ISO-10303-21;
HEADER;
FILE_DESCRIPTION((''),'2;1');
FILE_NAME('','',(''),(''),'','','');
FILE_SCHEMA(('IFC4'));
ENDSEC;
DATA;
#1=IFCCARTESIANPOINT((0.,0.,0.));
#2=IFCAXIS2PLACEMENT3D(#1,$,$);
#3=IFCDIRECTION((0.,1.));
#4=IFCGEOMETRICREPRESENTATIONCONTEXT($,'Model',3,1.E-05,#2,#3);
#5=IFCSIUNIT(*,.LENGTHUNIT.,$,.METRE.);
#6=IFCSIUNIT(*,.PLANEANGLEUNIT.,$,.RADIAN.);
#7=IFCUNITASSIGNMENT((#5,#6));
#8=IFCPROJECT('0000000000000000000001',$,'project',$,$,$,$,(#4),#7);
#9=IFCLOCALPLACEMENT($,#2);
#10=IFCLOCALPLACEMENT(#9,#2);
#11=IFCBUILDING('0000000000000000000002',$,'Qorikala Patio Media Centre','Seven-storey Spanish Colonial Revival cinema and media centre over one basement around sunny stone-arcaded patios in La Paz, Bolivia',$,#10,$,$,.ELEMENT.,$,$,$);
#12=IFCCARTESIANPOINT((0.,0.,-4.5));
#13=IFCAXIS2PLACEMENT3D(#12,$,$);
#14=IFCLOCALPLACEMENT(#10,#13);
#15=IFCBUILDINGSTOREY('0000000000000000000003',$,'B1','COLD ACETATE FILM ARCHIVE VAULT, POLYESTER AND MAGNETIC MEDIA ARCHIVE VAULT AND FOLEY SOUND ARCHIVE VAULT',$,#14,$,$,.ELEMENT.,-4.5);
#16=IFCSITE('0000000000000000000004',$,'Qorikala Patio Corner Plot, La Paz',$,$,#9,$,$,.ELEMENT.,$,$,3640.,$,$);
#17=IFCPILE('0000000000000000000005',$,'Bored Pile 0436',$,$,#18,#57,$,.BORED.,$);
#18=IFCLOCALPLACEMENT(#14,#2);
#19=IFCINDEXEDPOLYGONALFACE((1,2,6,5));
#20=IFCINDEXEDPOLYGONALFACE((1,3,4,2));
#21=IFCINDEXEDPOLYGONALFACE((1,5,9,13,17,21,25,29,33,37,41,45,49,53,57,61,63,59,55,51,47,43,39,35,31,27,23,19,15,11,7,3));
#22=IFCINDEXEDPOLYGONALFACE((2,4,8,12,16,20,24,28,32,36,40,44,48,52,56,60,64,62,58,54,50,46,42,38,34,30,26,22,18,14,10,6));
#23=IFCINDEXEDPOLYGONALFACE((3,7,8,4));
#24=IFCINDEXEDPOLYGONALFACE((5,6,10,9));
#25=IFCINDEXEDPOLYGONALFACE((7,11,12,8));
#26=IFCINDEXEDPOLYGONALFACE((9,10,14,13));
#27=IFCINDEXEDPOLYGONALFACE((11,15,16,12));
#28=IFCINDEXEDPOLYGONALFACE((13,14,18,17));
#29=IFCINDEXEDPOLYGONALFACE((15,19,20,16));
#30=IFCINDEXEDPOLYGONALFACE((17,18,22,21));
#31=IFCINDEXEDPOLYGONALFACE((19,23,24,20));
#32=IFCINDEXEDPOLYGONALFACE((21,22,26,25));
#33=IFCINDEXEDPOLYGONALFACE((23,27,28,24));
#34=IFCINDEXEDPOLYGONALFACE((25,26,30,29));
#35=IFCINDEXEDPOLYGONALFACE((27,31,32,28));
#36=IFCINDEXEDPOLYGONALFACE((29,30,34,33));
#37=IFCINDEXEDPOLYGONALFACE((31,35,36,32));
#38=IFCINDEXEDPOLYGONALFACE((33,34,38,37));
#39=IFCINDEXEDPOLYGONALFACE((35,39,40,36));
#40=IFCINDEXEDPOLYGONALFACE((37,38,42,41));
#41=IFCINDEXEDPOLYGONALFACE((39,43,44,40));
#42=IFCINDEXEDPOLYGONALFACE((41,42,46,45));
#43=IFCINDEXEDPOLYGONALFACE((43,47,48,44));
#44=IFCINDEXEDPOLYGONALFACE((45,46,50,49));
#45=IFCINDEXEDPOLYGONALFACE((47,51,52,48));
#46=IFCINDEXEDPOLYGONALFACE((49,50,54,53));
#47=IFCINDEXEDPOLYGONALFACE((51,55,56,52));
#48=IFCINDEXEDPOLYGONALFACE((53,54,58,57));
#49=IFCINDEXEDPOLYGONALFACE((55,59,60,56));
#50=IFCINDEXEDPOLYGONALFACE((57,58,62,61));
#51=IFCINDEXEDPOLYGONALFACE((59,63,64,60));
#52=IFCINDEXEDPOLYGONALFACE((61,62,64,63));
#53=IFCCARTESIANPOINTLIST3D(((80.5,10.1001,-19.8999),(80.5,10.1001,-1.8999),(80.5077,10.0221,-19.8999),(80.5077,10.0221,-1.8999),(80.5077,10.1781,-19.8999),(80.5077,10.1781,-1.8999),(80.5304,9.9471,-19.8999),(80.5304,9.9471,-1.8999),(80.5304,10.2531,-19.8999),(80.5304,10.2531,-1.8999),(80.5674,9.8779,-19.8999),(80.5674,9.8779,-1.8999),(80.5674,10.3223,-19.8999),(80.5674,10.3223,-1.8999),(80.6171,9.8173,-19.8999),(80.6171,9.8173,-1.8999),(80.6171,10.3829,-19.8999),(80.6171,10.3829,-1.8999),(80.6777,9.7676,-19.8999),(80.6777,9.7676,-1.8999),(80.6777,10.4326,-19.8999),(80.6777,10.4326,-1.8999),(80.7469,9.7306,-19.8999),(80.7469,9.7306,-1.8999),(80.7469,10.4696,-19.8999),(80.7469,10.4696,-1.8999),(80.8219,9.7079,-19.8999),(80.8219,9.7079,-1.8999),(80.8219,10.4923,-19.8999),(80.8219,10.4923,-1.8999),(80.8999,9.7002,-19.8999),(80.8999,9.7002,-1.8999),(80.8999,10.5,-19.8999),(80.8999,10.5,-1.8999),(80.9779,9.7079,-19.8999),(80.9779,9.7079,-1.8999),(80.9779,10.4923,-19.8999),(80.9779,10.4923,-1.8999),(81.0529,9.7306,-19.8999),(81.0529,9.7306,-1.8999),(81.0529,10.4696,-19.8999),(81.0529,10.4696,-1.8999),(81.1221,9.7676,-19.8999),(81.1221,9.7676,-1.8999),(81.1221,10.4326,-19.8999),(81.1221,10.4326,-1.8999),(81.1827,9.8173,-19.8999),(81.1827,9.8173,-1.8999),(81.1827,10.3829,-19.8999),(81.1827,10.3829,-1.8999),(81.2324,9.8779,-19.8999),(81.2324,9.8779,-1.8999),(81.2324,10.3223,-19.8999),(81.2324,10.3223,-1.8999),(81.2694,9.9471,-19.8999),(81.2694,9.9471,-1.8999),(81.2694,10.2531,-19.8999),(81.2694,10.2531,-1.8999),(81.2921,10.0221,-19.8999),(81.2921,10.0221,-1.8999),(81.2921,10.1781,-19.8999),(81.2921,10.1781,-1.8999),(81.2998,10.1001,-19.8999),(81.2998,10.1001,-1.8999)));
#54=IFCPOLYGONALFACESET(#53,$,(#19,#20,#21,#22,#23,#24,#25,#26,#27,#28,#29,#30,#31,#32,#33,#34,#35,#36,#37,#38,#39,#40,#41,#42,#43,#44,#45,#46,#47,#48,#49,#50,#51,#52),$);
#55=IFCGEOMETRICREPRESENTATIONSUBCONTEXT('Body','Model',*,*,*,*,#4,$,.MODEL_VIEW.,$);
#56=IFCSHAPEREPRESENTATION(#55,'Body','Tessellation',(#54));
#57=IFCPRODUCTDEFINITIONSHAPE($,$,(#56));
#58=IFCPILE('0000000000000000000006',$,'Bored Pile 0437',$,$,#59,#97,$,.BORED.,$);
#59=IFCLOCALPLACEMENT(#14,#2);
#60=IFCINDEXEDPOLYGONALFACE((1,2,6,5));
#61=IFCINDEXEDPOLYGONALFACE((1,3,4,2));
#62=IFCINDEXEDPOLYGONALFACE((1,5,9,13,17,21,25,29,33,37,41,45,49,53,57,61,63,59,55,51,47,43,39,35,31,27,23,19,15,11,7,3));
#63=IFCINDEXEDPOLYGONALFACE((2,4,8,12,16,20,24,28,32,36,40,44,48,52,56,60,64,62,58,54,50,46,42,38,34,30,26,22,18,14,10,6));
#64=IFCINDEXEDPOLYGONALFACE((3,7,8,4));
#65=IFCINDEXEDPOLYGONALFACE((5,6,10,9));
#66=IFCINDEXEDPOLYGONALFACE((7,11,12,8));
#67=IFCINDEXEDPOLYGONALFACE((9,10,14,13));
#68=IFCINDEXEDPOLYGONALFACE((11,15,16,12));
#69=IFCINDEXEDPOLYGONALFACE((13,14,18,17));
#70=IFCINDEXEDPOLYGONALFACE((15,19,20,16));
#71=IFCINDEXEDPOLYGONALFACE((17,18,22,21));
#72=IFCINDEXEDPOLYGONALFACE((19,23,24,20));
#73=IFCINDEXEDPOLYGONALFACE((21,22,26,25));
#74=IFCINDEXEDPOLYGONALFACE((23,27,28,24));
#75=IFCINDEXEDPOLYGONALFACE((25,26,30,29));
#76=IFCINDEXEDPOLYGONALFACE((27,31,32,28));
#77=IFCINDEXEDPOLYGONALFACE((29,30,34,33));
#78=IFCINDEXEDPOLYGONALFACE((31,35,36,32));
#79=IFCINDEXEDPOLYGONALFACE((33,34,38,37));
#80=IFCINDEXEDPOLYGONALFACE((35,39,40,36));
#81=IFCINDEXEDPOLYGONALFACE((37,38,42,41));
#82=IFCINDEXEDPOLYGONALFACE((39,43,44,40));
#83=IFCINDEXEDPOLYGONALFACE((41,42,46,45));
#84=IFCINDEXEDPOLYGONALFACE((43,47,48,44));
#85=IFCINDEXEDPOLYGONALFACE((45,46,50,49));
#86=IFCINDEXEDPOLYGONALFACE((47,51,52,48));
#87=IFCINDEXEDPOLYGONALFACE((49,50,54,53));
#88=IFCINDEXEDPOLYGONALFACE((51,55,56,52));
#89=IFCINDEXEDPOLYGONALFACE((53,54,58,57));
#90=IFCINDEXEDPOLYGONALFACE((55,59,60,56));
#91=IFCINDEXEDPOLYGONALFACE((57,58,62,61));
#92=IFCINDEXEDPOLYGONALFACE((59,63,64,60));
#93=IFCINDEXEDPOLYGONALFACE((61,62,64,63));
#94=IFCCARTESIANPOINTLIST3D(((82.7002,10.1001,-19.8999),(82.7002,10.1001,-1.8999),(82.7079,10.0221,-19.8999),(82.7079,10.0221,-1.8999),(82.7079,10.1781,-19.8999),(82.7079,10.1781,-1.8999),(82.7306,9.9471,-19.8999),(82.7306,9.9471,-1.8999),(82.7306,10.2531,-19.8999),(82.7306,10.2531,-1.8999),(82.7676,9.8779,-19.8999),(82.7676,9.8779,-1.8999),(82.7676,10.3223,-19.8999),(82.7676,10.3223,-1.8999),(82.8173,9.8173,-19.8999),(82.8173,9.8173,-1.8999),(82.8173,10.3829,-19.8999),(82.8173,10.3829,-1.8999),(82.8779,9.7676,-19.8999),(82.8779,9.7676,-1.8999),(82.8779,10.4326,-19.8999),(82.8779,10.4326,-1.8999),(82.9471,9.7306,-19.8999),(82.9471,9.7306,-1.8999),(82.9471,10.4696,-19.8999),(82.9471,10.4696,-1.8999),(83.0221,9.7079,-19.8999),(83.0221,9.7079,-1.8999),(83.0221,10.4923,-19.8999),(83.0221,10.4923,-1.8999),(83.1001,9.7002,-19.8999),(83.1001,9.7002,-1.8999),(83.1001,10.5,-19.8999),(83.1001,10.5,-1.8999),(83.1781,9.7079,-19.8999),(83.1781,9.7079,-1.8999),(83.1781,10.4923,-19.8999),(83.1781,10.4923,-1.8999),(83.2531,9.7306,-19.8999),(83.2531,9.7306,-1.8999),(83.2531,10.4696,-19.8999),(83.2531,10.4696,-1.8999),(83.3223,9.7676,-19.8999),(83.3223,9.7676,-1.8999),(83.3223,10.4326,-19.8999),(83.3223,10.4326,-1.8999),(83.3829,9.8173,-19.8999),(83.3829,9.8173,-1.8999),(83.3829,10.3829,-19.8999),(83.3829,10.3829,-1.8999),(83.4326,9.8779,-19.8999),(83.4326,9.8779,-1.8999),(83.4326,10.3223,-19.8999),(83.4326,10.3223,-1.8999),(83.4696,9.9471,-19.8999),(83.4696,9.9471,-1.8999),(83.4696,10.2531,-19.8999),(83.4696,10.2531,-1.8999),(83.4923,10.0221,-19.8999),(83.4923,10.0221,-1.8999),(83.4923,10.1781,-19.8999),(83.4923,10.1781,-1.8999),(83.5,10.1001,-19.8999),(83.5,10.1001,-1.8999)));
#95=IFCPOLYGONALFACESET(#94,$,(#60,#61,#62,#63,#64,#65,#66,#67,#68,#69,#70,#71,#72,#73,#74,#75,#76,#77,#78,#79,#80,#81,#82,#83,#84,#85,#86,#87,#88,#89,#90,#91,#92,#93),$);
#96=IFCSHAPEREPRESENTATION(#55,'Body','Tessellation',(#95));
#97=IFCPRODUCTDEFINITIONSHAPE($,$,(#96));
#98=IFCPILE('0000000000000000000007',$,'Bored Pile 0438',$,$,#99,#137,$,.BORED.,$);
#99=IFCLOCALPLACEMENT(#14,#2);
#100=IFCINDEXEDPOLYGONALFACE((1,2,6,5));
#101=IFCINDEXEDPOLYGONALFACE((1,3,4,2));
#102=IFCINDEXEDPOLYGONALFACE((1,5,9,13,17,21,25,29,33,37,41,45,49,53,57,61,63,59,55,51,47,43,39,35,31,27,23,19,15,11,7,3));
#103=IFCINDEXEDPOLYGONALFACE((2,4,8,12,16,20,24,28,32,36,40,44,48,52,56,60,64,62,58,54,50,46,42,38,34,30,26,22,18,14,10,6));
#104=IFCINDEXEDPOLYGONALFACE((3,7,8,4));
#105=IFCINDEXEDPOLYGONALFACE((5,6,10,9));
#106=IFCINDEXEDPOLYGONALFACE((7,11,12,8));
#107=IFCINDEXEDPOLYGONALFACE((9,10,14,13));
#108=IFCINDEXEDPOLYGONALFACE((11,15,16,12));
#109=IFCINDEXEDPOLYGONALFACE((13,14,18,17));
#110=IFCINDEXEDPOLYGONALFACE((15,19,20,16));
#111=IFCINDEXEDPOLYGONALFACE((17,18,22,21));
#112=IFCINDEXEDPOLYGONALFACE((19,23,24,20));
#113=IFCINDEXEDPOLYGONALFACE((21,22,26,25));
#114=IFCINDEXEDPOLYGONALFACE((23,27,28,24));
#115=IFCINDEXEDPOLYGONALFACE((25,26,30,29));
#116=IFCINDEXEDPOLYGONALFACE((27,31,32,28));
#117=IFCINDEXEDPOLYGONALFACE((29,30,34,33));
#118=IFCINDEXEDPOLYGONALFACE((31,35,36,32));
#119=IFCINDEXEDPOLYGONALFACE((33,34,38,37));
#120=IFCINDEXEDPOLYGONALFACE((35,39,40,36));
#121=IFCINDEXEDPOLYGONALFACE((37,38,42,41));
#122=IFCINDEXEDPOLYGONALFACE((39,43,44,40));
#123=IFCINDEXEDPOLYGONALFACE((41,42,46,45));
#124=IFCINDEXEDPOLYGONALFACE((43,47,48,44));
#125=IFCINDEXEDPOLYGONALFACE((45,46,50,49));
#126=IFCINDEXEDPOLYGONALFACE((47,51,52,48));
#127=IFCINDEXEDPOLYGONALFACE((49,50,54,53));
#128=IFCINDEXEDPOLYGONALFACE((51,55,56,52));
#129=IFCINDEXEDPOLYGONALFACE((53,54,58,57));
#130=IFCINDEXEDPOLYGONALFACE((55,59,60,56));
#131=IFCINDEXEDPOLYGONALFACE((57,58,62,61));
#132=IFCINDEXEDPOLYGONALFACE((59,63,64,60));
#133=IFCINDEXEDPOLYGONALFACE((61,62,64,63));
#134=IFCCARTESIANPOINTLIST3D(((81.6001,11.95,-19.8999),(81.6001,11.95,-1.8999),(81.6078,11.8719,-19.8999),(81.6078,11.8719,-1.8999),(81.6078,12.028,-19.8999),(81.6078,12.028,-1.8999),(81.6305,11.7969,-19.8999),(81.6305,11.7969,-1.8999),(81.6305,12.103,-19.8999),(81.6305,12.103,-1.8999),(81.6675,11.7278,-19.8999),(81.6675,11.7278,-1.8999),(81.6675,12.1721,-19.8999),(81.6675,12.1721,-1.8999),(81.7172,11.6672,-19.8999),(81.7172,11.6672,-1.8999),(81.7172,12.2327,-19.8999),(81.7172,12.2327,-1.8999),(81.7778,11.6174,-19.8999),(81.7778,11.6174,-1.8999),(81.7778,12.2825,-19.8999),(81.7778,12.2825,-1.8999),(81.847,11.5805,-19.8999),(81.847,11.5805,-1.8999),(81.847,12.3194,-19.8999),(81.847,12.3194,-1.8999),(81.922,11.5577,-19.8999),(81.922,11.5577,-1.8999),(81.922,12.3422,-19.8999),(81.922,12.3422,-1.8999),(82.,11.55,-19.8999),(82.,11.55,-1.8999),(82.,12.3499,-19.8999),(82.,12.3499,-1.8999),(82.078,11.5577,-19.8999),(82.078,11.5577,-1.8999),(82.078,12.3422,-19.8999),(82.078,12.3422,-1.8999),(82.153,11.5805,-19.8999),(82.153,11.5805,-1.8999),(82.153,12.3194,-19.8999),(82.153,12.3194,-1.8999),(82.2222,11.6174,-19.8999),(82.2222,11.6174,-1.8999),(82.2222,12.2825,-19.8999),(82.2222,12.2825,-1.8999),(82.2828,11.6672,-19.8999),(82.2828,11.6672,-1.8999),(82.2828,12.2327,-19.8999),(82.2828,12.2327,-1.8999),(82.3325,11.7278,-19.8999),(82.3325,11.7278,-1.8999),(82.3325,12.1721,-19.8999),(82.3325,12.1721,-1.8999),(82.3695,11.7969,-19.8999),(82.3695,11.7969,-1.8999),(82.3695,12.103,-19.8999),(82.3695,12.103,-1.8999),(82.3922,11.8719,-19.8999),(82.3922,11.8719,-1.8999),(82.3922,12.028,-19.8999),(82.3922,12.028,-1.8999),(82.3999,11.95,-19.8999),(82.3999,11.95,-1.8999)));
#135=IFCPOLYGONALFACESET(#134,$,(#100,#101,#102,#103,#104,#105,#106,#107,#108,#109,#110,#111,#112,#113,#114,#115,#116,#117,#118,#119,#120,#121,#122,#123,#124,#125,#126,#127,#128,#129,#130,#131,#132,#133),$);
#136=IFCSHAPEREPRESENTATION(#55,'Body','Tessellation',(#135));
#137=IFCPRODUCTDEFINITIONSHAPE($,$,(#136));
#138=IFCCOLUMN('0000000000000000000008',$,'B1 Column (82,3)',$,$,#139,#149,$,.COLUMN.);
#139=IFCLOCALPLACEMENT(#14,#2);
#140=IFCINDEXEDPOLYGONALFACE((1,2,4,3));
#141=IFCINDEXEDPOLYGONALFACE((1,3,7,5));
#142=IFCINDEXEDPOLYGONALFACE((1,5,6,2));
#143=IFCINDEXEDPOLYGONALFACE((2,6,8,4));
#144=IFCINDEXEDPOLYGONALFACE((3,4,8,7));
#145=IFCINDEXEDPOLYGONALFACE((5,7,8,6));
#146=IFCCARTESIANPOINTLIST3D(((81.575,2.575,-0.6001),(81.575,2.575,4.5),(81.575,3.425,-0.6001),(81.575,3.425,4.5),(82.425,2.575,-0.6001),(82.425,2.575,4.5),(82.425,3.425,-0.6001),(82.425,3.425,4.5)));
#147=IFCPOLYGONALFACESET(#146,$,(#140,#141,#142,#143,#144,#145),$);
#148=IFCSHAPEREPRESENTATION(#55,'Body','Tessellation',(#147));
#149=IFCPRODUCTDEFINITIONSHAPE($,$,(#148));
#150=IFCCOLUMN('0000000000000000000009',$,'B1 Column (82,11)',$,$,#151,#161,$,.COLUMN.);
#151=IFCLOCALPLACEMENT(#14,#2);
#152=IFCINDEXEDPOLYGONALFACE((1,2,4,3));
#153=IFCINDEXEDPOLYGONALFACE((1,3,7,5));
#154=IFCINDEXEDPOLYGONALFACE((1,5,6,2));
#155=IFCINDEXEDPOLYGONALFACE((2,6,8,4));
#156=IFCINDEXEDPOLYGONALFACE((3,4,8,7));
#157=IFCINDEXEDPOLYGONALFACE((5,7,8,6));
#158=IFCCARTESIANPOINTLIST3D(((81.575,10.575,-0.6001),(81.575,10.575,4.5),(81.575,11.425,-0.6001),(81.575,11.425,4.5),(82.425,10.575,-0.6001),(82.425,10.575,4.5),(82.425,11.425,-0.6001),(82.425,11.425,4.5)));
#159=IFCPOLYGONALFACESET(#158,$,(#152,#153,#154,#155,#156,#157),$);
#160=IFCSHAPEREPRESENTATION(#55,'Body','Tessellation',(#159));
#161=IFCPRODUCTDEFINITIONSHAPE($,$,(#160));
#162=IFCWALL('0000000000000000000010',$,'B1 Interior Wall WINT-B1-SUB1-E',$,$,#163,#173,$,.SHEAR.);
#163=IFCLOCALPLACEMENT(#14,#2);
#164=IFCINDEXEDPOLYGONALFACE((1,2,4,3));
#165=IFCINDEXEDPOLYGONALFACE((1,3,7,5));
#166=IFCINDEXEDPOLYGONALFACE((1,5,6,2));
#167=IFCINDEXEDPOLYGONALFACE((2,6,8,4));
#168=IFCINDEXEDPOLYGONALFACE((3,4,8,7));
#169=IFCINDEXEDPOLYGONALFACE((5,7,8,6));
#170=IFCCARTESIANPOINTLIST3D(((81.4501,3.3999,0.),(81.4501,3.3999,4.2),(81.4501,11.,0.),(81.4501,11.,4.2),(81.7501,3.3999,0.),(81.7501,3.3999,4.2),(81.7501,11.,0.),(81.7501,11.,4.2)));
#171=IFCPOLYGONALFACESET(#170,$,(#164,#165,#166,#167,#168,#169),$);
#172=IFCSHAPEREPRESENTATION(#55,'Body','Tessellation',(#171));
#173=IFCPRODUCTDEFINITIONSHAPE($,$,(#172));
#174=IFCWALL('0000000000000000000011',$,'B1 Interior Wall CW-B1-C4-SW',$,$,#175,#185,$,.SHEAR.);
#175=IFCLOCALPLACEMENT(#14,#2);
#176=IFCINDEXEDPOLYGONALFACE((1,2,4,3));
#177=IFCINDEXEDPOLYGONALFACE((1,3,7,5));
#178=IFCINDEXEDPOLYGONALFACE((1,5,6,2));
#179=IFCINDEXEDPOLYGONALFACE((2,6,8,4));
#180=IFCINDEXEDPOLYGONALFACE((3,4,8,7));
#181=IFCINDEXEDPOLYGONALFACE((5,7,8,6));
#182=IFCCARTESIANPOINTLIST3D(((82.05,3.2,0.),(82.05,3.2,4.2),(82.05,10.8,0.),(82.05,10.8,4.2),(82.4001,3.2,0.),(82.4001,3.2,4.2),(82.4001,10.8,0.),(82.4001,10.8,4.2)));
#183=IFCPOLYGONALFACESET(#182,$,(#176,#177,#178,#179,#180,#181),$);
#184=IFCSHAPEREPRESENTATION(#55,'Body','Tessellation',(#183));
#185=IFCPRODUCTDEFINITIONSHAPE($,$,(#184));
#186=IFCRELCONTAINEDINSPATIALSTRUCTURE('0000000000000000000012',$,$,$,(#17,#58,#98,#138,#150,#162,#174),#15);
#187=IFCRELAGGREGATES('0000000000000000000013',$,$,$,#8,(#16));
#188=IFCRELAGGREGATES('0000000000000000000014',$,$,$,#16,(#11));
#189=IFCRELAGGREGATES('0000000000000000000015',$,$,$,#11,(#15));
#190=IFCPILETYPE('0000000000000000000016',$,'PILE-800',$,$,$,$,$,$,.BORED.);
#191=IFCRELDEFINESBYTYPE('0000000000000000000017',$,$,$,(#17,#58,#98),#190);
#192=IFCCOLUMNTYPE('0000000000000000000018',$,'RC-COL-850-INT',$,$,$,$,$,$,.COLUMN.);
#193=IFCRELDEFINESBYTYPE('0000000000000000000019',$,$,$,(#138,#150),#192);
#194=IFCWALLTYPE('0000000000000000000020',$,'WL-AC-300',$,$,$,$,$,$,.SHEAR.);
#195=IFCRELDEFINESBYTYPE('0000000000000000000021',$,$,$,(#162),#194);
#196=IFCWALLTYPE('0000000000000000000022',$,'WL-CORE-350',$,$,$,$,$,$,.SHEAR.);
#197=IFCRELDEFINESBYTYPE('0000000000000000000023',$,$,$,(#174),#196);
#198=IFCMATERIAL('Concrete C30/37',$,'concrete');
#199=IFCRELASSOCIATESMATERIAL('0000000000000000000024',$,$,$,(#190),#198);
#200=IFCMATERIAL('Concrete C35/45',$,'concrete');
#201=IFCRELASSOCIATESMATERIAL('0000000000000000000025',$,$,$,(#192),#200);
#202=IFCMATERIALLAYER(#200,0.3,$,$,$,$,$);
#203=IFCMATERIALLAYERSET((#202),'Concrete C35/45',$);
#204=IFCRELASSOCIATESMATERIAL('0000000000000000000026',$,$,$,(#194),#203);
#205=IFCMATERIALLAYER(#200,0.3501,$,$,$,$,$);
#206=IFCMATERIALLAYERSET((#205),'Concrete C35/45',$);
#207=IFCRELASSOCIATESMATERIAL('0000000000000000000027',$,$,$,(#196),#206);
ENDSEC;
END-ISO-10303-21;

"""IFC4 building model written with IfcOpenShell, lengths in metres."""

from ifc_helpers import new_model, si_unit, direction, frame, frame_2d, origin, origin_2d, place, context, subcontext, project, spatial, rectangle, circle, extrude, material, layer, layer_set, material_profile, profile_set, type_object, element, save


model = new_model("IFC4")

# Units and contexts
model_context = context("Model", 3, precision=1e-05, world=origin(), true_north=direction((0.0, 1.0)))
body_context = subcontext(model_context, "Body", "Model", "MODEL_VIEW")
ifc_project = project(units=[si_unit("LENGTHUNIT", "METRE"), si_unit("PLANEANGLEUNIT", "RADIAN")], contexts=[model_context])

# Site, building, storey
site_placement = place(None, origin())
site = spatial("IfcSite", under=ifc_project, at=site_placement, Name="Qorikala Patio Corner Plot, La Paz", CompositionType="ELEMENT", RefElevation=3640.0)
building_placement = place(site_placement, origin())
building = spatial("IfcBuilding", under=site, at=building_placement, Name="Qorikala Patio Media Centre", Description="Seven-storey Spanish Colonial Revival cinema and media centre over one basement around sunny stone-arcaded patios in La Paz, Bolivia", CompositionType="ELEMENT")
storey_placement = place(building_placement, frame((0.0, 0.0, -4.5)))
storey = spatial("IfcBuildingStorey", under=building, at=storey_placement, Name="B1", Description="COLD ACETATE FILM ARCHIVE VAULT, POLYESTER AND MAGNETIC MEDIA ARCHIVE VAULT AND FOLEY SOUND ARCHIVE VAULT", CompositionType="ELEMENT", Elevation=-4.5)

# Shared definitions
ifc_material_1 = material(Name="Concrete C30/37", Category="concrete")

# Piles
ifc_material_profile_1 = material_profile(ifc_material_1, circle(Radius=0.3999, at=origin_2d()), Name="BORED PILE 800")
ifc_profile_set_1 = profile_set([ifc_material_profile_1], Name="Concrete C30/37")
pile_type_1 = type_object("IfcPileType", Name="PILE-800", PredefinedType="BORED", material=ifc_profile_set_1)
for number, where, z_axis, x_axis, name in (
    (1, (80.8999, 10.1001, -1.8999), (0.0, 0.0, -1.0), (1.0, 0.0, 0.0), "Bored Pile 0436"),
    (2, (83.1001, 10.1001, -1.8999), (0.0, 0.0, -1.0), (1.0, 0.0, 0.0), "Bored Pile 0437"),
    (3, (82.0, 11.95, -1.8999), (0.0, 0.0, -1.0), (1.0, 0.0, 0.0), "Bored Pile 0438"),
):
    element("IfcPile", number, at=place(storey_placement, frame(where, z_axis=z_axis, x_axis=x_axis)), inside=storey, type_object=pile_type_1, Name=name, PredefinedType="BORED", context=body_context, shape_type="SweptSolid", body=[
        extrude(circle(Radius=0.3999, at=origin_2d()), origin(), (0.0, 0.0, 1.0), 18.0),
    ])

# Columns
ifc_material_2 = material(Name="Concrete C35/45", Category="concrete")
ifc_material_profile_2 = material_profile(ifc_material_2, rectangle(XDim=0.8501, YDim=0.8501, at=origin_2d()), Name="RC 850x850")
ifc_profile_set_2 = profile_set([ifc_material_profile_2], Name="Concrete C35/45")
column_type = type_object("IfcColumnType", Name="RC-COL-850-INT", PredefinedType="COLUMN", material=ifc_profile_set_2)
for number, where, z_axis, x_axis, name in (
    (4, (82.0, 3.0, -0.6001), (0.0, 0.0, 1.0), (1.0, 0.0, 0.0), "B1 Column (82,3)"),
    (5, (82.0, 11.0, -0.6001), (0.0, 0.0, 1.0), (1.0, 0.0, 0.0), "B1 Column (82,11)"),
):
    element("IfcColumn", number, at=place(storey_placement, frame(where, z_axis=z_axis, x_axis=x_axis)), inside=storey, type_object=column_type, Name=name, PredefinedType="COLUMN", context=body_context, shape_type="SweptSolid", body=[
        extrude(rectangle(XDim=0.8501, YDim=0.8501, at=origin_2d()), origin(), (0.0, 0.0, 1.0), 5.1001),
    ])

# Walls
ifc_layer_1 = layer(ifc_material_2, 0.3)
ifc_layer_set_1 = layer_set([ifc_layer_1], Name="Concrete C35/45")
wall_type_1 = type_object("IfcWallType", Name="WL-AC-300", PredefinedType="SHEAR", material=ifc_layer_set_1)
wall_1_placement = place(storey_placement, frame((81.6001, 3.3999, 0.0), z_axis=(0.0, 0.0, 1.0), x_axis=(0.0, 1.0, 0.0)))
element("IfcWall", 6, at=wall_1_placement, inside=storey, type_object=wall_type_1, Name="B1 Interior Wall WINT-B1-SUB1-E", PredefinedType="SHEAR", context=body_context, shape_type="SweptSolid", body=[
    extrude(rectangle(XDim=7.6001, YDim=0.3, at=frame_2d((3.8, 0.0))), origin(), (0.0, 0.0, 1.0), 4.2),
])
ifc_layer_2 = layer(ifc_material_2, 0.3501)
ifc_layer_set_2 = layer_set([ifc_layer_2], Name="Concrete C35/45")
wall_type_2 = type_object("IfcWallType", Name="WL-CORE-350", PredefinedType="SHEAR", material=ifc_layer_set_2)
wall_2_placement = place(storey_placement, frame((82.2251, 3.2, 0.0), z_axis=(0.0, 0.0, 1.0), x_axis=(0.0, 1.0, 0.0)))
element("IfcWall", 7, at=wall_2_placement, inside=storey, type_object=wall_type_2, Name="B1 Interior Wall CW-B1-C4-SW", PredefinedType="SHEAR", context=body_context, shape_type="SweptSolid", body=[
    extrude(rectangle(XDim=7.6001, YDim=0.3501, at=frame_2d((3.8, 0.0))), origin(), (0.0, 0.0, 1.0), 4.2),
])

save(model, "model.ifc")
